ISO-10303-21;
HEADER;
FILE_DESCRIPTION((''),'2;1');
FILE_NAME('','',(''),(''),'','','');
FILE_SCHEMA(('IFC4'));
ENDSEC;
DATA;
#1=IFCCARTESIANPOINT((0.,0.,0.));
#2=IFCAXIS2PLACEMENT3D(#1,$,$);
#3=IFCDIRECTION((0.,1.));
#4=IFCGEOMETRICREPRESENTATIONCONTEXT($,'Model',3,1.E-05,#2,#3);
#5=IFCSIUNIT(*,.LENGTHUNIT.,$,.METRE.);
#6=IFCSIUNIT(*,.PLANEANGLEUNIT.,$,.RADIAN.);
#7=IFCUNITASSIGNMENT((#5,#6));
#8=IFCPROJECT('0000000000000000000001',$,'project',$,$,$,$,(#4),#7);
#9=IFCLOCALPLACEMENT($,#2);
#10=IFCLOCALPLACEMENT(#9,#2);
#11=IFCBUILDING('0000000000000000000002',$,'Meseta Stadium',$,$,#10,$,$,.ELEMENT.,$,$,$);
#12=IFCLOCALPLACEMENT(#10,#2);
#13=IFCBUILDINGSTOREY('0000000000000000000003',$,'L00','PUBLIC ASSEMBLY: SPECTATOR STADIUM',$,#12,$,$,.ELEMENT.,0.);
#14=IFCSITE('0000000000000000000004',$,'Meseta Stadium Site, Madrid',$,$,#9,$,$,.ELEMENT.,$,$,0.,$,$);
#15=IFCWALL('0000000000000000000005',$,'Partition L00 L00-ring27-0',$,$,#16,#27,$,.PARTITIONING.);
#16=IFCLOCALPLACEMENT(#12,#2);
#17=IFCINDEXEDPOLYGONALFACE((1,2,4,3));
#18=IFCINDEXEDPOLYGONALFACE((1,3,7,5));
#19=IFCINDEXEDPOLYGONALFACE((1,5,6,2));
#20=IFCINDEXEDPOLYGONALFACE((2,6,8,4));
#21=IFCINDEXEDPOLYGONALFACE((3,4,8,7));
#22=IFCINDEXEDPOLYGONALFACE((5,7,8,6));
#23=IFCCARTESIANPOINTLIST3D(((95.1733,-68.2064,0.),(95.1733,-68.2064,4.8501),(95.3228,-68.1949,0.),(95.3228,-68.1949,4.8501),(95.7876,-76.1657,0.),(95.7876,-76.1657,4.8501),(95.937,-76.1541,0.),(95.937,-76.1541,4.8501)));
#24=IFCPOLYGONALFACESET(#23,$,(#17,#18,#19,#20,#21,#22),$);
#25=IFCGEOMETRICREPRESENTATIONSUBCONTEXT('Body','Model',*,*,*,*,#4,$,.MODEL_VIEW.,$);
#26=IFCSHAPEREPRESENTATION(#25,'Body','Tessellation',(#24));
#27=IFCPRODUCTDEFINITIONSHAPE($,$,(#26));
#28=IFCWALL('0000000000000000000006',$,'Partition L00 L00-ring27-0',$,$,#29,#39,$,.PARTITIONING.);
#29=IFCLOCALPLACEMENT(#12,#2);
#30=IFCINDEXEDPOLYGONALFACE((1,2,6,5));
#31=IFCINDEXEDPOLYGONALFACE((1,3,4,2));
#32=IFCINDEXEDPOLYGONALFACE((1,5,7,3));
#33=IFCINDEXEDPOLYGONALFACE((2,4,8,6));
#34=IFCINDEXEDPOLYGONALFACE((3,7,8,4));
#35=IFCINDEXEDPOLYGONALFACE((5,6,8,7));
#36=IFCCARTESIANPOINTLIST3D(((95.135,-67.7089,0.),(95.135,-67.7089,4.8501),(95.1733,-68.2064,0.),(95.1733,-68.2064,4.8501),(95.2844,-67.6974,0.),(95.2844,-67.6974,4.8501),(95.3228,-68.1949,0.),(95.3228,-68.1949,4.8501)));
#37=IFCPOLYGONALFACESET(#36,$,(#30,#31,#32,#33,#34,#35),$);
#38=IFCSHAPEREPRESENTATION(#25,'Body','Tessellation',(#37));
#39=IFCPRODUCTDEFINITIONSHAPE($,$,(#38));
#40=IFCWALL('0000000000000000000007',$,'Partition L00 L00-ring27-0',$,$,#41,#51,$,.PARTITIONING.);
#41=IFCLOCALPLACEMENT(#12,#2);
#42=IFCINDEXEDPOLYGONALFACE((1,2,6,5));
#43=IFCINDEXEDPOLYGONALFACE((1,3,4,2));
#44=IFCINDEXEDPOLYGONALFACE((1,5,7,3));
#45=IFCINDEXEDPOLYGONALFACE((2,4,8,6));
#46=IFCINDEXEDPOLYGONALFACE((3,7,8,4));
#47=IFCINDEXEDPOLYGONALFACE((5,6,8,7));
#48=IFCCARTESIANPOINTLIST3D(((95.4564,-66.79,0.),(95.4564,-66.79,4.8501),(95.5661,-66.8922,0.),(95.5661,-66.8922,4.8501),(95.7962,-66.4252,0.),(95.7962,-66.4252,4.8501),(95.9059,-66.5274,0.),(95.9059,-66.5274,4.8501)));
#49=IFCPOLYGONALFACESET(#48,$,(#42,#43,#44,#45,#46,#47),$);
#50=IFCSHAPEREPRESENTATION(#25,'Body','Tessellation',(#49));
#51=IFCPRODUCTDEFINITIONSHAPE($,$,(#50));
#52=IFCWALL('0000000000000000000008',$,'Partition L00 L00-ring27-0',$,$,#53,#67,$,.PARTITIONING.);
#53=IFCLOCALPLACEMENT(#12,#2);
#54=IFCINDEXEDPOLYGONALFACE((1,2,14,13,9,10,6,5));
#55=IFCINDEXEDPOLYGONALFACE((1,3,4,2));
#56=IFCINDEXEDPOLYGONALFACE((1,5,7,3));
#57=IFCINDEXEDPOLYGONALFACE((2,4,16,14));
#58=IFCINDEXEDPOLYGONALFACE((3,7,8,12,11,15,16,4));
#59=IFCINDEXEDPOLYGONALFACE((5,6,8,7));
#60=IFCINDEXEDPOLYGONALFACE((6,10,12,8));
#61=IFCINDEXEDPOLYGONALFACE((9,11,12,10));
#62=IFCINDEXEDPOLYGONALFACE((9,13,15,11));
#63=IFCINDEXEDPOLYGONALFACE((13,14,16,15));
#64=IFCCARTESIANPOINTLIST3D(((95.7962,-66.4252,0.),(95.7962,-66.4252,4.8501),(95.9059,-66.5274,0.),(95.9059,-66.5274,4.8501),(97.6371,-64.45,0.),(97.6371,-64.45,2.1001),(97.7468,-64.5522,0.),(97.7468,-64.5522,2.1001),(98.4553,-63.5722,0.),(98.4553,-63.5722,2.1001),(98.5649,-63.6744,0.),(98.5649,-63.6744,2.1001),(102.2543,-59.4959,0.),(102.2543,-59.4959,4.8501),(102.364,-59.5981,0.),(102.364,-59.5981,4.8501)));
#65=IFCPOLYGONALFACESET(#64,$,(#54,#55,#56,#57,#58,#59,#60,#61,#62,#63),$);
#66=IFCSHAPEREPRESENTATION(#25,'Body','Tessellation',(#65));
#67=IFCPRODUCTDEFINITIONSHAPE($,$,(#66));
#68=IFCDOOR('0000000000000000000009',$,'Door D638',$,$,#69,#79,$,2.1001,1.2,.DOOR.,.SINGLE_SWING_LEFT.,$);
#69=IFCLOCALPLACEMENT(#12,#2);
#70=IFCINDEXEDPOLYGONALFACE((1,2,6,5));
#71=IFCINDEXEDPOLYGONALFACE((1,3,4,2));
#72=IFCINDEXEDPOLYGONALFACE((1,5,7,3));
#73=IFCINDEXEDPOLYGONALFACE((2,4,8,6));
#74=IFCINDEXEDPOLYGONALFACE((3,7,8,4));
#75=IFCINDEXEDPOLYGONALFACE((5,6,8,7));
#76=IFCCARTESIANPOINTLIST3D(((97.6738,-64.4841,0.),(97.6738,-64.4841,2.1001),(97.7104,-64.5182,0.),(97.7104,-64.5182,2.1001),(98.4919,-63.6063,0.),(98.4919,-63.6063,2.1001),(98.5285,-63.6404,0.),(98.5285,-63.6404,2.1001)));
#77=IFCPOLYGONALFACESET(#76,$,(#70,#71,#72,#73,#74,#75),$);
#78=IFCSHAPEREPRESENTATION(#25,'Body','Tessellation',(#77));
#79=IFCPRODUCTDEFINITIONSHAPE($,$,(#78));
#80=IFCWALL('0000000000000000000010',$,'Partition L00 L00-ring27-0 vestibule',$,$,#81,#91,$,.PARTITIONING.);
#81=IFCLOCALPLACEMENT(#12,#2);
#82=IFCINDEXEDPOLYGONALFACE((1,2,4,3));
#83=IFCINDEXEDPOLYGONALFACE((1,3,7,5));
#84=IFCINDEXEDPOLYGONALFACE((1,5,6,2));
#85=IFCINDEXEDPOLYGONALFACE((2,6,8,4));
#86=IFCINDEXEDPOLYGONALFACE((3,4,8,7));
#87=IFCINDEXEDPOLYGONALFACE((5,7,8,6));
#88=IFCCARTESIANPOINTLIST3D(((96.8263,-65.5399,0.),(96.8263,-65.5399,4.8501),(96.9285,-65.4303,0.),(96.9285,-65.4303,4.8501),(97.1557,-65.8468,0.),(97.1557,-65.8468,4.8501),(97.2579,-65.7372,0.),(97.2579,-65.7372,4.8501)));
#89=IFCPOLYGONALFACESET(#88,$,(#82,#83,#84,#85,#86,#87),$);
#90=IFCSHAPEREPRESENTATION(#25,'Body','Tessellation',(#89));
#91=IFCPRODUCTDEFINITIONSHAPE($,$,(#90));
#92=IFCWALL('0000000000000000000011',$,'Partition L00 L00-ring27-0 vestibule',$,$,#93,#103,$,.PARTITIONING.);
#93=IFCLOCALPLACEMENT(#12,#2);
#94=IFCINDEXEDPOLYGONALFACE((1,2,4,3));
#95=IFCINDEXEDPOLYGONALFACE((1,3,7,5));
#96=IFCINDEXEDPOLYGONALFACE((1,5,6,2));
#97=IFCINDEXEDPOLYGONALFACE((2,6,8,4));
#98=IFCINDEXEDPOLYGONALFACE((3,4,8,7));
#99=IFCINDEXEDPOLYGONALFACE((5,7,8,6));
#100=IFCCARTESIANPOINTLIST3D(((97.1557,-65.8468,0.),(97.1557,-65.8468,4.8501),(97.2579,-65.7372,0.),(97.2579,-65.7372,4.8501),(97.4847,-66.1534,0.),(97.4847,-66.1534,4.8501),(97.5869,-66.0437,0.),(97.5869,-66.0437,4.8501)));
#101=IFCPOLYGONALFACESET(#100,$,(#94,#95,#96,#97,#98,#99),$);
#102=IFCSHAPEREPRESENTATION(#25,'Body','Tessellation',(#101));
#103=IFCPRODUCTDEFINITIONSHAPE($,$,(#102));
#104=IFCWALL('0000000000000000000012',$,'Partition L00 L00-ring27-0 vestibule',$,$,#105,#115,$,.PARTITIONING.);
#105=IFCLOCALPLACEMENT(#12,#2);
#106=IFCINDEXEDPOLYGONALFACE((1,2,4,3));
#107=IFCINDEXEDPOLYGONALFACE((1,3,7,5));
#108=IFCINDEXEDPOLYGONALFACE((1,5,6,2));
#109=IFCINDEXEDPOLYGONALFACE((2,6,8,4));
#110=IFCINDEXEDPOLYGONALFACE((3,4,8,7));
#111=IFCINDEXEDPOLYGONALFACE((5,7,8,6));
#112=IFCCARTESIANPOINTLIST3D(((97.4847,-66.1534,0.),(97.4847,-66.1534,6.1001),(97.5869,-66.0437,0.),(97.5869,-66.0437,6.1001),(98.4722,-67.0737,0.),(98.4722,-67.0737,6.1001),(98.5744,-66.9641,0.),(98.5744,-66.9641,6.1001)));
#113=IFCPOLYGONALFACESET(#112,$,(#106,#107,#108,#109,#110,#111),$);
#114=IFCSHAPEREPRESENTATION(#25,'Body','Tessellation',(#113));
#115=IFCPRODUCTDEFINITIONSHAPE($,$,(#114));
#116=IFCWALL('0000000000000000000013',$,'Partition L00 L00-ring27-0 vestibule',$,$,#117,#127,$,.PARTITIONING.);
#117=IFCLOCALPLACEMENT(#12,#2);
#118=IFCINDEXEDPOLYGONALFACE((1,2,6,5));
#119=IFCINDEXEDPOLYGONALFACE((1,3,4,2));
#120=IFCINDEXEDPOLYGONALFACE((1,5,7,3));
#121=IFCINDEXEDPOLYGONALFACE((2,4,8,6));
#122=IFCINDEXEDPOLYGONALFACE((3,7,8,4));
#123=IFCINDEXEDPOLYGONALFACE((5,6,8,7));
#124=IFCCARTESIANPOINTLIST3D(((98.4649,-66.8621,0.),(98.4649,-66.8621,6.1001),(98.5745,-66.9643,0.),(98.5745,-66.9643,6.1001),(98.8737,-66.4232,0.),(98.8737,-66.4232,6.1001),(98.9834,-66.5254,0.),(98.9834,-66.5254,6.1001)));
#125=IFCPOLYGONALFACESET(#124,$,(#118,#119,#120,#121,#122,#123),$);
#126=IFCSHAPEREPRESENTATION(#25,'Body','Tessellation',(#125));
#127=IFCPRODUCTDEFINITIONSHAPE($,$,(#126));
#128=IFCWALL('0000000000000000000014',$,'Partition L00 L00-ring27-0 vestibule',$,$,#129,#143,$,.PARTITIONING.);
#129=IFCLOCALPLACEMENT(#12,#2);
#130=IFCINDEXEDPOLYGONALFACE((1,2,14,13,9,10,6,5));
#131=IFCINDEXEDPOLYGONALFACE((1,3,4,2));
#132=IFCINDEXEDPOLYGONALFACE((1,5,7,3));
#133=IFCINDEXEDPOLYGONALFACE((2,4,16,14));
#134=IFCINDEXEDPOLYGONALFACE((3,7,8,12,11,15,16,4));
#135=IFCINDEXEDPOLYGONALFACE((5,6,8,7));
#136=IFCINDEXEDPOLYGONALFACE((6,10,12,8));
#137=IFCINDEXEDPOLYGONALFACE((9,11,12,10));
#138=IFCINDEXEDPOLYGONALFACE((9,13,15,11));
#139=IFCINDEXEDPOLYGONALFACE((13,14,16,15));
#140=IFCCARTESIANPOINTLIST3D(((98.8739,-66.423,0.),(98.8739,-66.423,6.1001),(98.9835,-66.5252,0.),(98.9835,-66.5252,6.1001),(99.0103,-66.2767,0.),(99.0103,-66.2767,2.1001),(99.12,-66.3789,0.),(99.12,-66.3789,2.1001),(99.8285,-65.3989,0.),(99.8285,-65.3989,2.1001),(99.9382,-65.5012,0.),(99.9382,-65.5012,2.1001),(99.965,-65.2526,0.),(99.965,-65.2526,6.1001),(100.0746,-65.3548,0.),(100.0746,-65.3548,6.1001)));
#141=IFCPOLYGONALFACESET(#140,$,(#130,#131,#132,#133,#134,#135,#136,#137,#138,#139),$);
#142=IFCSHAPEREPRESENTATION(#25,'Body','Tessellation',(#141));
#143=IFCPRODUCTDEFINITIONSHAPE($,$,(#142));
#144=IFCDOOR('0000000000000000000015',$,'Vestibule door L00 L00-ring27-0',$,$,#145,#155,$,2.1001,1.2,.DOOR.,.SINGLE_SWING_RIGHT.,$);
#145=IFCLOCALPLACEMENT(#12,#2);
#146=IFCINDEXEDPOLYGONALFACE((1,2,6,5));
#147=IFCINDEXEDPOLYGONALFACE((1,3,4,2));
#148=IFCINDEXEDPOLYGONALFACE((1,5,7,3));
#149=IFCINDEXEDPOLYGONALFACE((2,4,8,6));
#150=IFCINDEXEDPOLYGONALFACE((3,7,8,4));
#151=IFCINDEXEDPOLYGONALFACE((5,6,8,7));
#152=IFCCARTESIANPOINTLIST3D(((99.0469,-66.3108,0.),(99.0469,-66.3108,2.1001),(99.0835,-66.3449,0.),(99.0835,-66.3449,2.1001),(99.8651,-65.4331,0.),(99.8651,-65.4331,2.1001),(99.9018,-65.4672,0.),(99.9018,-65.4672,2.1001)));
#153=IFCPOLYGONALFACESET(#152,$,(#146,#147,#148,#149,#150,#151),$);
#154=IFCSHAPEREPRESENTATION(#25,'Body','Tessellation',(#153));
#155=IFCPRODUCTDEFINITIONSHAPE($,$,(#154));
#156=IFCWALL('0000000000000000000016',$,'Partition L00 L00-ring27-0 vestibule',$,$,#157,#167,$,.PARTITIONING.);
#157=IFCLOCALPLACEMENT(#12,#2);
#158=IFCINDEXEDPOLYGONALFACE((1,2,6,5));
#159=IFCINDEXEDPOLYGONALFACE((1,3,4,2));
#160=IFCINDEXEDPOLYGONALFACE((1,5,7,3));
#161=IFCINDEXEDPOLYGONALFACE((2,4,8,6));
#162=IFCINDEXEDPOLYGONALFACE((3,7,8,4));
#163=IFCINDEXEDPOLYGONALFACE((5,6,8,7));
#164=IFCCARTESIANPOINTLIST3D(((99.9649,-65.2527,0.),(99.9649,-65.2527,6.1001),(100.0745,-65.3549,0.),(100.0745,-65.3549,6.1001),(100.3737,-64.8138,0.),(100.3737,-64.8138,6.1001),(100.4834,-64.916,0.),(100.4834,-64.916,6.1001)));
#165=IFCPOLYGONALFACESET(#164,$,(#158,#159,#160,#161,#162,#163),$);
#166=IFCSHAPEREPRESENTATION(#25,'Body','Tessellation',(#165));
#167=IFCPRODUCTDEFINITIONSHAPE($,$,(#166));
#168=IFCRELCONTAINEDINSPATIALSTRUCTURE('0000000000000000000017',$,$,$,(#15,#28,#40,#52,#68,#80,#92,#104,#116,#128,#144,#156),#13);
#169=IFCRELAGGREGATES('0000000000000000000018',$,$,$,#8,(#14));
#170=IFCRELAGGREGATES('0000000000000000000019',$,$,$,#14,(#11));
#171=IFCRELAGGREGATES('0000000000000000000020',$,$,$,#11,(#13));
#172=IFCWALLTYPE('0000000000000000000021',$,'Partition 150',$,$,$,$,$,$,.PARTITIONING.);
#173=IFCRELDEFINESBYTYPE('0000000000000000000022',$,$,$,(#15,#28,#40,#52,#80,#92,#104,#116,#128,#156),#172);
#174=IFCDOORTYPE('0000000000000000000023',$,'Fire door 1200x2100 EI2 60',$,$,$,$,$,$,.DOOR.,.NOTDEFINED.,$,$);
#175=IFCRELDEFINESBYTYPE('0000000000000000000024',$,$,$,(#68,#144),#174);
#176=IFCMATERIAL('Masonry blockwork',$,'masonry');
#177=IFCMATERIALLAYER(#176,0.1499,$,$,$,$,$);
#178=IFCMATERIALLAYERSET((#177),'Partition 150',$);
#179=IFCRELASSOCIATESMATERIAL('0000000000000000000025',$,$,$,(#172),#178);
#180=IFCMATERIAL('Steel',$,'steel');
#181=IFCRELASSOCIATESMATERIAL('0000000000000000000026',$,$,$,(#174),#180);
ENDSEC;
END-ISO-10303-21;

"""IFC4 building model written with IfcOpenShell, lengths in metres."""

from ifc_helpers import new_model, si_unit, direction, frame, frame_2d, origin, place, context, subcontext, project, spatial, rectangle, extrude, material, layer, layer_set, type_object, element, fill, save


model = new_model("IFC4")

# Units and contexts
model_context = context("Model", 3, precision=1e-05, world=origin(), true_north=direction((0.0, 1.0)))
body_context = subcontext(model_context, "Body", "Model", "MODEL_VIEW")
ifc_project = project(units=[si_unit("LENGTHUNIT", "METRE"), si_unit("PLANEANGLEUNIT", "RADIAN")], contexts=[model_context])

# Site, building, storey
site_placement = place(None, origin())
site = spatial("IfcSite", under=ifc_project, at=site_placement, Name="Meseta Stadium Site, Madrid", CompositionType="ELEMENT", RefElevation=0.0)
building_placement = place(site_placement, origin())
building = spatial("IfcBuilding", under=site, at=building_placement, Name="Meseta Stadium", CompositionType="ELEMENT")
storey_placement = place(building_placement, origin())
storey = spatial("IfcBuildingStorey", under=building, at=storey_placement, Name="L00", Description="PUBLIC ASSEMBLY: SPECTATOR STADIUM", CompositionType="ELEMENT", Elevation=0.0)

# Walls
ifc_material_1 = material(Name="Masonry blockwork", Category="masonry")
ifc_layer_1 = layer(ifc_material_1, 0.1499)
ifc_layer_set_1 = layer_set([ifc_layer_1], Name="Partition 150")
wall_type_1 = type_object("IfcWallType", Name="Partition 150", PredefinedType="PARTITIONING", material=ifc_layer_set_1)
wall_1_placement = place(storey_placement, frame((95.8623, -76.1599, 0.0), z_axis=(0.0, 0.0, 1.0), x_axis=(-0.076947, 0.997035, 0.0)))
element("IfcWall", 1, at=wall_1_placement, inside=storey, type_object=wall_type_1, Name="Partition L00 L00-ring27-0", PredefinedType="PARTITIONING", context=body_context, shape_type="SweptSolid", body=[
    extrude(rectangle(XDim=7.9829, YDim=0.1499, at=frame_2d((3.9915, 0.0))), origin(), (0.0, 0.0, 1.0), 4.8501),
])
wall_2_placement = place(storey_placement, frame((95.248, -68.2007, 0.0), z_axis=(0.0, 0.0, 1.0), x_axis=(-0.076809, 0.997046, 0.0)))
element("IfcWall", 2, at=wall_2_placement, inside=storey, type_object=wall_type_1, Name="Partition L00 L00-ring27-0", PredefinedType="PARTITIONING", context=body_context, shape_type="SweptSolid", body=[
    extrude(rectangle(XDim=0.499, YDim=0.1499, at=frame_2d((0.2495, 0.0))), origin(), (0.0, 0.0, 1.0), 4.8501),
])
wall_3_placement = place(storey_placement, frame((95.5112, -66.8411, 0.0), z_axis=(0.0, 0.0, 1.0), x_axis=(0.68169, 0.731641, 0.0)))
element("IfcWall", 3, at=wall_3_placement, inside=storey, type_object=wall_type_1, Name="Partition L00 L00-ring27-0", PredefinedType="PARTITIONING", context=body_context, shape_type="SweptSolid", body=[
    extrude(rectangle(XDim=0.4985, YDim=0.1499, at=frame_2d((0.2493, 0.0))), origin(), (0.0, 0.0, 1.0), 4.8501),
])

# Wall, opening, door
wall_4_placement = place(storey_placement, frame((95.8511, -66.4763, 0.0), z_axis=(0.0, 0.0, 1.0), x_axis=(0.681796, 0.731542, 0.0)))
wall_4 = element("IfcWall", 4, at=wall_4_placement, inside=storey, type_object=wall_type_1, Name="Partition L00 L00-ring27-0", PredefinedType="PARTITIONING", context=body_context, shape_type="SweptSolid", body=[
    extrude(rectangle(XDim=9.4722, YDim=0.1499, at=frame_2d((4.7361, 0.0))), origin(), (0.0, 0.0, 1.0), 4.8501),
])
opening_1_placement = place(wall_4_placement, frame((2.7, 0.0, 0.0)))
opening_1 = element("IfcOpeningElement", 5, at=opening_1_placement, cuts=wall_4, PredefinedType="OPENING", context=body_context, shape_type="SweptSolid", body=[
    extrude(rectangle(XDim=1.2, YDim=2.1001, at=frame_2d((0.6001, 1.05))), frame((0.0, 0.085, 0.0), z_axis=(0.0, -1.0, 0.0), x_axis=(1.0, 0.0, 0.0)), (0.0, 0.0, 1.0), 0.1699),
])
ifc_material_2 = material(Name="Steel", Category="steel")
door_type_1 = type_object("IfcDoorType", Name="Fire door 1200x2100 EI2 60", OperationType="NOTDEFINED", PredefinedType="DOOR", material=ifc_material_2)
door_1_placement = place(opening_1_placement, origin())
door_1 = element("IfcDoor", 6, at=door_1_placement, inside=storey, type_object=door_type_1, Name="Door D638", OperationType="SINGLE_SWING_LEFT", OverallHeight=2.1001, OverallWidth=1.2, PredefinedType="DOOR", context=body_context, shape_type="SweptSolid", body=[
    extrude(rectangle(XDim=1.2, YDim=2.1001, at=frame_2d((0.6001, 1.05))), frame((0.0, 0.0249, 0.0), z_axis=(0.0, -1.0, 0.0), x_axis=(1.0, 0.0, 0.0)), (0.0, 0.0, 1.0), 0.05),
])
fill(opening_1, door_1)

# Walls
wall_5_placement = place(storey_placement, frame((96.8774, -65.4851, 0.0), z_axis=(0.0, 0.0, 1.0), x_axis=(0.731614, -0.681719, 0.0)))
element("IfcWall", 7, at=wall_5_placement, inside=storey, type_object=wall_type_1, Name="Partition L00 L00-ring27-0 vestibule", PredefinedType="PARTITIONING", context=body_context, shape_type="SweptSolid", body=[
    extrude(rectangle(XDim=0.4502, YDim=0.1499, at=frame_2d((0.2251, 0.0))), origin(), (0.0, 0.0, 1.0), 4.8501),
])
wall_6_placement = place(storey_placement, frame((97.2068, -65.792, 0.0), z_axis=(0.0, 0.0, 1.0), x_axis=(0.731633, -0.681699, 0.0)))
element("IfcWall", 8, at=wall_6_placement, inside=storey, type_object=wall_type_1, Name="Partition L00 L00-ring27-0 vestibule", PredefinedType="PARTITIONING", context=body_context, shape_type="SweptSolid", body=[
    extrude(rectangle(XDim=0.4497, YDim=0.1499, at=frame_2d((0.2249, 0.0))), origin(), (0.0, 0.0, 1.0), 4.8501),
])
wall_7_placement = place(storey_placement, frame((97.5359, -66.0986, 0.0), z_axis=(0.0, 0.0, 1.0), x_axis=(0.731536, -0.681803, 0.0)))
element("IfcWall", 9, at=wall_7_placement, inside=storey, type_object=wall_type_1, Name="Partition L00 L00-ring27-0 vestibule", PredefinedType="PARTITIONING", context=body_context, shape_type="SweptSolid", body=[
    extrude(rectangle(XDim=1.3499, YDim=0.1499, at=frame_2d((0.6748, 0.0))), origin(), (0.0, 0.0, 1.0), 6.1001),
])
wall_8_placement = place(storey_placement, frame((98.5198, -66.9131, 0.0), z_axis=(0.0, 0.0, 1.0), x_axis=(0.681636, 0.731691, 0.0)))
element("IfcWall", 10, at=wall_8_placement, inside=storey, type_object=wall_type_1, Name="Partition L00 L00-ring27-0 vestibule", PredefinedType="PARTITIONING", context=body_context, shape_type="SweptSolid", body=[
    extrude(rectangle(XDim=0.5999, YDim=0.1499, at=frame_2d((0.2998, 0.0))), origin(), (0.0, 0.0, 1.0), 6.1001),
])

# Wall, opening, door
wall_9_placement = place(storey_placement, frame((98.9287, -66.4741, 0.0), z_axis=(0.0, 0.0, 1.0), x_axis=(0.681878, 0.731466, 0.0)))
wall_9 = element("IfcWall", 11, at=wall_9_placement, inside=storey, type_object=wall_type_1, Name="Partition L00 L00-ring27-0 vestibule", PredefinedType="PARTITIONING", context=body_context, shape_type="SweptSolid", body=[
    extrude(rectangle(XDim=1.6001, YDim=0.1499, at=frame_2d((0.8, 0.0))), origin(), (0.0, 0.0, 1.0), 6.1001),
])
opening_2_placement = place(wall_9_placement, frame((0.2, 0.0, 0.0)))
opening_2 = element("IfcOpeningElement", 12, at=opening_2_placement, cuts=wall_9, PredefinedType="OPENING", context=body_context, shape_type="SweptSolid", body=[
    extrude(rectangle(XDim=1.2, YDim=2.1001, at=frame_2d((0.6001, 1.05))), frame((0.0, 0.085, 0.0), z_axis=(0.0, -1.0, 0.0), x_axis=(1.0, 0.0, 0.0)), (0.0, 0.0, 1.0), 0.1699),
])
door_2_placement = place(opening_2_placement, origin())
door_2 = element("IfcDoor", 13, at=door_2_placement, inside=storey, type_object=door_type_1, Name="Vestibule door L00 L00-ring27-0", OperationType="SINGLE_SWING_RIGHT", OverallHeight=2.1001, OverallWidth=1.2, PredefinedType="DOOR", context=body_context, shape_type="SweptSolid", body=[
    extrude(rectangle(XDim=1.2, YDim=2.1001, at=frame_2d((0.6001, 1.05))), frame((0.0, 0.0249, 0.0), z_axis=(0.0, -1.0, 0.0), x_axis=(1.0, 0.0, 0.0)), (0.0, 0.0, 1.0), 0.05),
])
fill(opening_2, door_2)

# Wall
wall_10_placement = place(storey_placement, frame((100.0198, -65.3037, 0.0), z_axis=(0.0, 0.0, 1.0), x_axis=(0.681636, 0.731691, 0.0)))
element("IfcWall", 14, at=wall_10_placement, inside=storey, type_object=wall_type_1, Name="Partition L00 L00-ring27-0 vestibule", PredefinedType="PARTITIONING", context=body_context, shape_type="SweptSolid", body=[
    extrude(rectangle(XDim=0.5999, YDim=0.1499, at=frame_2d((0.2998, 0.0))), origin(), (0.0, 0.0, 1.0), 6.1001),
])

save(model, "model.ifc")
